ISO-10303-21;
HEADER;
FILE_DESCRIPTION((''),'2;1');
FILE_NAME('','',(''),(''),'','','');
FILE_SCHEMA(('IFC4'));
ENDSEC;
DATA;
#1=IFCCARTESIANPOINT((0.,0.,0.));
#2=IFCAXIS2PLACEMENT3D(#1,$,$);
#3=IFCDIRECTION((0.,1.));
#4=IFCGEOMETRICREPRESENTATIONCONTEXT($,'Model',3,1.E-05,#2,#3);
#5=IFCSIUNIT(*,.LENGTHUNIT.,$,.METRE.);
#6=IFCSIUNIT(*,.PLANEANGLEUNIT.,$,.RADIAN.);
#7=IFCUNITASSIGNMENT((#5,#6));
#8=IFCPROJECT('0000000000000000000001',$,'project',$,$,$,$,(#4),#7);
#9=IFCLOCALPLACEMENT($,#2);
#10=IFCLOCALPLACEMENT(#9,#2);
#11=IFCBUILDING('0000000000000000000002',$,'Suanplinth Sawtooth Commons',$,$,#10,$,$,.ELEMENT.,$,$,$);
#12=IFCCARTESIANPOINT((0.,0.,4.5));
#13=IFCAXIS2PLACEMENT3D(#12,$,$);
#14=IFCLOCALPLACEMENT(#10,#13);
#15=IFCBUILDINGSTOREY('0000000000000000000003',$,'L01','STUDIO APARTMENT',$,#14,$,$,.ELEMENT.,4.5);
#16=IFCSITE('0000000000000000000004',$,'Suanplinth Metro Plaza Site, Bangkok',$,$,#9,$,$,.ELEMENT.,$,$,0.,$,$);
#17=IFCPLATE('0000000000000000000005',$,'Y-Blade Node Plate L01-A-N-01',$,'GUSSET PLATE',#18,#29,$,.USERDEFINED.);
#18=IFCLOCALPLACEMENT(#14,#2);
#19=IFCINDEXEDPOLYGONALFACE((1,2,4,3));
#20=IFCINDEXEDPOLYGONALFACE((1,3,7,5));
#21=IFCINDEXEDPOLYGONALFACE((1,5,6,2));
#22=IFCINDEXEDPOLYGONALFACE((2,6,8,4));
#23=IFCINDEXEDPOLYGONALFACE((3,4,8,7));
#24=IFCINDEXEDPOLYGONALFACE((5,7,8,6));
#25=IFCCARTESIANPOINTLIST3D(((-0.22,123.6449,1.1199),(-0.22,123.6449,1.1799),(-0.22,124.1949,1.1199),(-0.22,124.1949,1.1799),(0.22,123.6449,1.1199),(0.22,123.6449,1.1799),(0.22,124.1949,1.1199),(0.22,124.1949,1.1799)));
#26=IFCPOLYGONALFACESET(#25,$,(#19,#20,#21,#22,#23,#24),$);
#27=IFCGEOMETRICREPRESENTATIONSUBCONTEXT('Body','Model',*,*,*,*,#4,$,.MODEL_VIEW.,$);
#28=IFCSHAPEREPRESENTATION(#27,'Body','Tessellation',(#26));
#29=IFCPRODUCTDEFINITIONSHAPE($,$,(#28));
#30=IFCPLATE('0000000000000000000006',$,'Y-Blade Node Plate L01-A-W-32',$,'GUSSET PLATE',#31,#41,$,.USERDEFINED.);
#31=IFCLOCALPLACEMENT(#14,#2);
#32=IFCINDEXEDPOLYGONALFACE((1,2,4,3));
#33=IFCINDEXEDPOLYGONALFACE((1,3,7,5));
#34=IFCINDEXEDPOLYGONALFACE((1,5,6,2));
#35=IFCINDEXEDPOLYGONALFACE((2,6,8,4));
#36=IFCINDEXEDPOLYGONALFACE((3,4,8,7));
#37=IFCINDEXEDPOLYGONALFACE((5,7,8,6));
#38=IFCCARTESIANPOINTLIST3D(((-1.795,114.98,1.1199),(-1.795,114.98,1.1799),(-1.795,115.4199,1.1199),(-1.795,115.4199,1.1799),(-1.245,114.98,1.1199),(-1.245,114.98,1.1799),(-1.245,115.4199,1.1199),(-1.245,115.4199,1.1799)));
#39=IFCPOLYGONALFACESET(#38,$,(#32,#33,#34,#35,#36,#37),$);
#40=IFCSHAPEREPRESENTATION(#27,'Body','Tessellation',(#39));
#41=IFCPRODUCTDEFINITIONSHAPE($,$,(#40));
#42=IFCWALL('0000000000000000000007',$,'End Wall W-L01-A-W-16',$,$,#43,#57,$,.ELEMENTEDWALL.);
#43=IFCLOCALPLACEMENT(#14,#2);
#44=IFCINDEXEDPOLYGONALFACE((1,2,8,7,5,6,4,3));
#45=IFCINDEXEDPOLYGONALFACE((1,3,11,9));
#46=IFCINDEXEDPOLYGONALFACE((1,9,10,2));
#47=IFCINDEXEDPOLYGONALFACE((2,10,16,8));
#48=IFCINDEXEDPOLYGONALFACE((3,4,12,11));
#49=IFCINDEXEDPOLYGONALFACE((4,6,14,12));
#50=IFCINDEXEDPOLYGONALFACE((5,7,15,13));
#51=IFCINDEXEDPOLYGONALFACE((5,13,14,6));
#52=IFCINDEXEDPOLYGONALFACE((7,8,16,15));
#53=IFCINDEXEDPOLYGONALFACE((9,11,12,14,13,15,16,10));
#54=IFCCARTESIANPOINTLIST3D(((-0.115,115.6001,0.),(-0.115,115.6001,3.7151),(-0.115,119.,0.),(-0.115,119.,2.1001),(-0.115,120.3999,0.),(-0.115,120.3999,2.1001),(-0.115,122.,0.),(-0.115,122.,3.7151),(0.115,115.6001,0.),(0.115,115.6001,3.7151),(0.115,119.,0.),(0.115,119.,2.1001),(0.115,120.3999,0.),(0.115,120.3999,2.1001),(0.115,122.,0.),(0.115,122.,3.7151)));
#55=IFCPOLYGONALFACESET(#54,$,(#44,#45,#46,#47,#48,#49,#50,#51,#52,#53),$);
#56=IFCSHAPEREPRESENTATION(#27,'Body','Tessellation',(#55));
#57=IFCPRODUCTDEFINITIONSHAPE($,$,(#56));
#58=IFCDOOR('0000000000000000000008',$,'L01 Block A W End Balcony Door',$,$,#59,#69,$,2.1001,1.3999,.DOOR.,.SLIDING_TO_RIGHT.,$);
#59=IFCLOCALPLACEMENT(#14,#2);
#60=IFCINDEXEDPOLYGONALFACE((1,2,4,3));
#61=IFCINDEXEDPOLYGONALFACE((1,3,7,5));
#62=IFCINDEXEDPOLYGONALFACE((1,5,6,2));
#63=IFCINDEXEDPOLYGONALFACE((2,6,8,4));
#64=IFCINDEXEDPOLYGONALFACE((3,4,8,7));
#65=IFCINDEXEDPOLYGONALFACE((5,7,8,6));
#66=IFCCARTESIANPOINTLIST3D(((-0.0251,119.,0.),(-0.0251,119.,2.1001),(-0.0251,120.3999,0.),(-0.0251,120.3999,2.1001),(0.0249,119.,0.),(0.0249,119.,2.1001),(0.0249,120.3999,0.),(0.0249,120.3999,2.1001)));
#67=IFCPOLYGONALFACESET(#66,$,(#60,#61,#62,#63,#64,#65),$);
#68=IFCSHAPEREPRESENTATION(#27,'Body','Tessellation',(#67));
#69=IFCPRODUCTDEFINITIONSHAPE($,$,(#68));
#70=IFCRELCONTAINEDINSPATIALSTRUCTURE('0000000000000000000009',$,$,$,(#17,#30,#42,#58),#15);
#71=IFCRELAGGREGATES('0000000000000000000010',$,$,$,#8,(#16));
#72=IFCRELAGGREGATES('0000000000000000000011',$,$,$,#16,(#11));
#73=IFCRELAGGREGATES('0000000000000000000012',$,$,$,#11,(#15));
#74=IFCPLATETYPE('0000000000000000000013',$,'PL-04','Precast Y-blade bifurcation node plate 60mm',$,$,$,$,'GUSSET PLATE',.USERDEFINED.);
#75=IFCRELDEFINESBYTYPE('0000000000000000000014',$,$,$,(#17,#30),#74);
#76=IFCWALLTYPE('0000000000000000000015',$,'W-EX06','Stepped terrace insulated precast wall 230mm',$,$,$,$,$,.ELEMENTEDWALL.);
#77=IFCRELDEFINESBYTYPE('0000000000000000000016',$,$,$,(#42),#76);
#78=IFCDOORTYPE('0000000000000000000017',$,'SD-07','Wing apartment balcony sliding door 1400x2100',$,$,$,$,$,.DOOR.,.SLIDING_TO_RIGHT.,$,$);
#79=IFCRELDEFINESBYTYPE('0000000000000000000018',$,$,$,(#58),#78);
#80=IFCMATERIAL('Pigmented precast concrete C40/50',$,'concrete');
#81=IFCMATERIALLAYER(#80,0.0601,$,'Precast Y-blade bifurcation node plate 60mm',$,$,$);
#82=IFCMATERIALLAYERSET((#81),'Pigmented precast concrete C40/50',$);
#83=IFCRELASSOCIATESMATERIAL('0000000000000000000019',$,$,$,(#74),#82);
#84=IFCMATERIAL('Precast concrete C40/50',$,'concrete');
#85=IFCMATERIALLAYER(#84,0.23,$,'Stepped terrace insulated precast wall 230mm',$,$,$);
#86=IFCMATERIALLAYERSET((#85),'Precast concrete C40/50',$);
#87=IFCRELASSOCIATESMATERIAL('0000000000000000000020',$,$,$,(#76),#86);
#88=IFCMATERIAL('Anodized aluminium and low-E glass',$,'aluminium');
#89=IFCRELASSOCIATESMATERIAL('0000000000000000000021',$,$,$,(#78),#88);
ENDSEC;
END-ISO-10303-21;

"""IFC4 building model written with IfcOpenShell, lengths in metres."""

from ifc_helpers import new_model, si_unit, direction, frame, frame_2d, origin, origin_2d, place, context, subcontext, project, spatial, rectangle, extrude, material, layer, layer_set, type_object, element, fill, save


model = new_model("IFC4")

# Units and contexts
model_context = context("Model", 3, precision=1e-05, world=origin(), true_north=direction((0.0, 1.0)))
body_context = subcontext(model_context, "Body", "Model", "MODEL_VIEW")
ifc_project = project(units=[si_unit("LENGTHUNIT", "METRE"), si_unit("PLANEANGLEUNIT", "RADIAN")], contexts=[model_context])

# Site, building, storey
site_placement = place(None, origin())
site = spatial("IfcSite", under=ifc_project, at=site_placement, Name="Suanplinth Metro Plaza Site, Bangkok", CompositionType="ELEMENT", RefElevation=0.0)
building_placement = place(site_placement, origin())
building = spatial("IfcBuilding", under=site, at=building_placement, Name="Suanplinth Sawtooth Commons", CompositionType="ELEMENT")
storey_placement = place(building_placement, frame((0.0, 0.0, 4.5)))
storey = spatial("IfcBuildingStorey", under=building, at=storey_placement, Name="L01", Description="STUDIO APARTMENT", CompositionType="ELEMENT", Elevation=4.5)

# Shared definitions
ifc_material_1 = material(Name="Precast concrete C40/50", Category="concrete")

# Shared definitions
ifc_material_2 = material(Name="Pigmented precast concrete C40/50", Category="concrete")

# Plates
ifc_layer_1 = layer(ifc_material_2, 0.0601, Name="Precast Y-blade bifurcation node plate 60mm")
ifc_layer_set_1 = layer_set([ifc_layer_1], Name="Pigmented precast concrete C40/50")
plate_type = type_object("IfcPlateType", Name="PL-04", Description="Precast Y-blade bifurcation node plate 60mm", ElementType="GUSSET PLATE", PredefinedType="USERDEFINED", material=ifc_layer_set_1)
for number, where, z_axis, x_axis, name in (
    (1, (0.0, 123.9199, 1.1199), (0.0, 0.0, 1.0), (1.0, 0.0, 0.0), "Y-Blade Node Plate L01-A-N-01"),
    (2, (-1.52, 115.2, 1.1199), (0.0, 0.0, 1.0), (0.0, 1.0, 0.0), "Y-Blade Node Plate L01-A-W-32"),
):
    element("IfcPlate", number, at=place(storey_placement, frame(where, z_axis=z_axis, x_axis=x_axis)), inside=storey, type_object=plate_type, Name=name, ObjectType="GUSSET PLATE", PredefinedType="USERDEFINED", context=body_context, shape_type="SweptSolid", body=[
        extrude(rectangle(XDim=0.4399, YDim=0.55, at=origin_2d()), origin(), (0.0, 0.0, 1.0), 0.0601),
    ])

# Shared definitions
ifc_material_3 = material(Name="Anodized aluminium and low-E glass", Category="aluminium")

# Wall, opening, door
ifc_layer_2 = layer(ifc_material_1, 0.23, Name="Stepped terrace insulated precast wall 230mm")
ifc_layer_set_2 = layer_set([ifc_layer_2], Name="Precast concrete C40/50")
wall_type_1 = type_object("IfcWallType", Name="W-EX06", Description="Stepped terrace insulated precast wall 230mm", PredefinedType="ELEMENTEDWALL", material=ifc_layer_set_2)
wall_1_placement = place(storey_placement, frame((0.0, 115.6001, 0.0), z_axis=(0.0, 0.0, 1.0), x_axis=(0.0, 1.0, 0.0)))
wall_1 = element("IfcWall", 3, at=wall_1_placement, inside=storey, type_object=wall_type_1, Name="End Wall W-L01-A-W-16", PredefinedType="ELEMENTEDWALL", context=body_context, shape_type="SweptSolid", body=[
    extrude(rectangle(XDim=6.3999, YDim=0.23, at=frame_2d((3.2, 0.0))), origin(), (0.0, 0.0, 1.0), 3.7151),
])
opening_1_placement = place(wall_1_placement, frame((3.3999, 0.0, 0.0)))
opening_1 = element("IfcOpeningElement", 4, at=opening_1_placement, cuts=wall_1, PredefinedType="OPENING", context=body_context, shape_type="SweptSolid", body=[
    extrude(rectangle(XDim=1.3999, YDim=2.1001, at=frame_2d((0.7, 1.05))), frame((0.0, 0.1299, 0.0), z_axis=(0.0, -1.0, 0.0), x_axis=(1.0, 0.0, 0.0)), (0.0, 0.0, 1.0), 0.2598),
])
door_type_1 = type_object("IfcDoorType", Name="SD-07", Description="Wing apartment balcony sliding door 1400x2100", OperationType="SLIDING_TO_RIGHT", PredefinedType="DOOR", material=ifc_material_3)
door_1_placement = place(opening_1_placement, frame((1.3999, 0.0, 0.0), z_axis=(0.0, 0.0, 1.0), x_axis=(-1.0, 0.0, 0.0)))
door_1 = element("IfcDoor", 5, at=door_1_placement, inside=storey, type_object=door_type_1, Name="L01 Block A W End Balcony Door", OperationType="SLIDING_TO_RIGHT", OverallHeight=2.1001, OverallWidth=1.3999, PredefinedType="DOOR", context=body_context, shape_type="SweptSolid", body=[
    extrude(rectangle(XDim=1.3999, YDim=2.1001, at=frame_2d((0.7, 1.05))), frame((0.0, 0.0249, 0.0), z_axis=(0.0, -1.0, 0.0), x_axis=(1.0, 0.0, 0.0)), (0.0, 0.0, 1.0), 0.05),
])
fill(opening_1, door_1)

save(model, "model.ifc")
